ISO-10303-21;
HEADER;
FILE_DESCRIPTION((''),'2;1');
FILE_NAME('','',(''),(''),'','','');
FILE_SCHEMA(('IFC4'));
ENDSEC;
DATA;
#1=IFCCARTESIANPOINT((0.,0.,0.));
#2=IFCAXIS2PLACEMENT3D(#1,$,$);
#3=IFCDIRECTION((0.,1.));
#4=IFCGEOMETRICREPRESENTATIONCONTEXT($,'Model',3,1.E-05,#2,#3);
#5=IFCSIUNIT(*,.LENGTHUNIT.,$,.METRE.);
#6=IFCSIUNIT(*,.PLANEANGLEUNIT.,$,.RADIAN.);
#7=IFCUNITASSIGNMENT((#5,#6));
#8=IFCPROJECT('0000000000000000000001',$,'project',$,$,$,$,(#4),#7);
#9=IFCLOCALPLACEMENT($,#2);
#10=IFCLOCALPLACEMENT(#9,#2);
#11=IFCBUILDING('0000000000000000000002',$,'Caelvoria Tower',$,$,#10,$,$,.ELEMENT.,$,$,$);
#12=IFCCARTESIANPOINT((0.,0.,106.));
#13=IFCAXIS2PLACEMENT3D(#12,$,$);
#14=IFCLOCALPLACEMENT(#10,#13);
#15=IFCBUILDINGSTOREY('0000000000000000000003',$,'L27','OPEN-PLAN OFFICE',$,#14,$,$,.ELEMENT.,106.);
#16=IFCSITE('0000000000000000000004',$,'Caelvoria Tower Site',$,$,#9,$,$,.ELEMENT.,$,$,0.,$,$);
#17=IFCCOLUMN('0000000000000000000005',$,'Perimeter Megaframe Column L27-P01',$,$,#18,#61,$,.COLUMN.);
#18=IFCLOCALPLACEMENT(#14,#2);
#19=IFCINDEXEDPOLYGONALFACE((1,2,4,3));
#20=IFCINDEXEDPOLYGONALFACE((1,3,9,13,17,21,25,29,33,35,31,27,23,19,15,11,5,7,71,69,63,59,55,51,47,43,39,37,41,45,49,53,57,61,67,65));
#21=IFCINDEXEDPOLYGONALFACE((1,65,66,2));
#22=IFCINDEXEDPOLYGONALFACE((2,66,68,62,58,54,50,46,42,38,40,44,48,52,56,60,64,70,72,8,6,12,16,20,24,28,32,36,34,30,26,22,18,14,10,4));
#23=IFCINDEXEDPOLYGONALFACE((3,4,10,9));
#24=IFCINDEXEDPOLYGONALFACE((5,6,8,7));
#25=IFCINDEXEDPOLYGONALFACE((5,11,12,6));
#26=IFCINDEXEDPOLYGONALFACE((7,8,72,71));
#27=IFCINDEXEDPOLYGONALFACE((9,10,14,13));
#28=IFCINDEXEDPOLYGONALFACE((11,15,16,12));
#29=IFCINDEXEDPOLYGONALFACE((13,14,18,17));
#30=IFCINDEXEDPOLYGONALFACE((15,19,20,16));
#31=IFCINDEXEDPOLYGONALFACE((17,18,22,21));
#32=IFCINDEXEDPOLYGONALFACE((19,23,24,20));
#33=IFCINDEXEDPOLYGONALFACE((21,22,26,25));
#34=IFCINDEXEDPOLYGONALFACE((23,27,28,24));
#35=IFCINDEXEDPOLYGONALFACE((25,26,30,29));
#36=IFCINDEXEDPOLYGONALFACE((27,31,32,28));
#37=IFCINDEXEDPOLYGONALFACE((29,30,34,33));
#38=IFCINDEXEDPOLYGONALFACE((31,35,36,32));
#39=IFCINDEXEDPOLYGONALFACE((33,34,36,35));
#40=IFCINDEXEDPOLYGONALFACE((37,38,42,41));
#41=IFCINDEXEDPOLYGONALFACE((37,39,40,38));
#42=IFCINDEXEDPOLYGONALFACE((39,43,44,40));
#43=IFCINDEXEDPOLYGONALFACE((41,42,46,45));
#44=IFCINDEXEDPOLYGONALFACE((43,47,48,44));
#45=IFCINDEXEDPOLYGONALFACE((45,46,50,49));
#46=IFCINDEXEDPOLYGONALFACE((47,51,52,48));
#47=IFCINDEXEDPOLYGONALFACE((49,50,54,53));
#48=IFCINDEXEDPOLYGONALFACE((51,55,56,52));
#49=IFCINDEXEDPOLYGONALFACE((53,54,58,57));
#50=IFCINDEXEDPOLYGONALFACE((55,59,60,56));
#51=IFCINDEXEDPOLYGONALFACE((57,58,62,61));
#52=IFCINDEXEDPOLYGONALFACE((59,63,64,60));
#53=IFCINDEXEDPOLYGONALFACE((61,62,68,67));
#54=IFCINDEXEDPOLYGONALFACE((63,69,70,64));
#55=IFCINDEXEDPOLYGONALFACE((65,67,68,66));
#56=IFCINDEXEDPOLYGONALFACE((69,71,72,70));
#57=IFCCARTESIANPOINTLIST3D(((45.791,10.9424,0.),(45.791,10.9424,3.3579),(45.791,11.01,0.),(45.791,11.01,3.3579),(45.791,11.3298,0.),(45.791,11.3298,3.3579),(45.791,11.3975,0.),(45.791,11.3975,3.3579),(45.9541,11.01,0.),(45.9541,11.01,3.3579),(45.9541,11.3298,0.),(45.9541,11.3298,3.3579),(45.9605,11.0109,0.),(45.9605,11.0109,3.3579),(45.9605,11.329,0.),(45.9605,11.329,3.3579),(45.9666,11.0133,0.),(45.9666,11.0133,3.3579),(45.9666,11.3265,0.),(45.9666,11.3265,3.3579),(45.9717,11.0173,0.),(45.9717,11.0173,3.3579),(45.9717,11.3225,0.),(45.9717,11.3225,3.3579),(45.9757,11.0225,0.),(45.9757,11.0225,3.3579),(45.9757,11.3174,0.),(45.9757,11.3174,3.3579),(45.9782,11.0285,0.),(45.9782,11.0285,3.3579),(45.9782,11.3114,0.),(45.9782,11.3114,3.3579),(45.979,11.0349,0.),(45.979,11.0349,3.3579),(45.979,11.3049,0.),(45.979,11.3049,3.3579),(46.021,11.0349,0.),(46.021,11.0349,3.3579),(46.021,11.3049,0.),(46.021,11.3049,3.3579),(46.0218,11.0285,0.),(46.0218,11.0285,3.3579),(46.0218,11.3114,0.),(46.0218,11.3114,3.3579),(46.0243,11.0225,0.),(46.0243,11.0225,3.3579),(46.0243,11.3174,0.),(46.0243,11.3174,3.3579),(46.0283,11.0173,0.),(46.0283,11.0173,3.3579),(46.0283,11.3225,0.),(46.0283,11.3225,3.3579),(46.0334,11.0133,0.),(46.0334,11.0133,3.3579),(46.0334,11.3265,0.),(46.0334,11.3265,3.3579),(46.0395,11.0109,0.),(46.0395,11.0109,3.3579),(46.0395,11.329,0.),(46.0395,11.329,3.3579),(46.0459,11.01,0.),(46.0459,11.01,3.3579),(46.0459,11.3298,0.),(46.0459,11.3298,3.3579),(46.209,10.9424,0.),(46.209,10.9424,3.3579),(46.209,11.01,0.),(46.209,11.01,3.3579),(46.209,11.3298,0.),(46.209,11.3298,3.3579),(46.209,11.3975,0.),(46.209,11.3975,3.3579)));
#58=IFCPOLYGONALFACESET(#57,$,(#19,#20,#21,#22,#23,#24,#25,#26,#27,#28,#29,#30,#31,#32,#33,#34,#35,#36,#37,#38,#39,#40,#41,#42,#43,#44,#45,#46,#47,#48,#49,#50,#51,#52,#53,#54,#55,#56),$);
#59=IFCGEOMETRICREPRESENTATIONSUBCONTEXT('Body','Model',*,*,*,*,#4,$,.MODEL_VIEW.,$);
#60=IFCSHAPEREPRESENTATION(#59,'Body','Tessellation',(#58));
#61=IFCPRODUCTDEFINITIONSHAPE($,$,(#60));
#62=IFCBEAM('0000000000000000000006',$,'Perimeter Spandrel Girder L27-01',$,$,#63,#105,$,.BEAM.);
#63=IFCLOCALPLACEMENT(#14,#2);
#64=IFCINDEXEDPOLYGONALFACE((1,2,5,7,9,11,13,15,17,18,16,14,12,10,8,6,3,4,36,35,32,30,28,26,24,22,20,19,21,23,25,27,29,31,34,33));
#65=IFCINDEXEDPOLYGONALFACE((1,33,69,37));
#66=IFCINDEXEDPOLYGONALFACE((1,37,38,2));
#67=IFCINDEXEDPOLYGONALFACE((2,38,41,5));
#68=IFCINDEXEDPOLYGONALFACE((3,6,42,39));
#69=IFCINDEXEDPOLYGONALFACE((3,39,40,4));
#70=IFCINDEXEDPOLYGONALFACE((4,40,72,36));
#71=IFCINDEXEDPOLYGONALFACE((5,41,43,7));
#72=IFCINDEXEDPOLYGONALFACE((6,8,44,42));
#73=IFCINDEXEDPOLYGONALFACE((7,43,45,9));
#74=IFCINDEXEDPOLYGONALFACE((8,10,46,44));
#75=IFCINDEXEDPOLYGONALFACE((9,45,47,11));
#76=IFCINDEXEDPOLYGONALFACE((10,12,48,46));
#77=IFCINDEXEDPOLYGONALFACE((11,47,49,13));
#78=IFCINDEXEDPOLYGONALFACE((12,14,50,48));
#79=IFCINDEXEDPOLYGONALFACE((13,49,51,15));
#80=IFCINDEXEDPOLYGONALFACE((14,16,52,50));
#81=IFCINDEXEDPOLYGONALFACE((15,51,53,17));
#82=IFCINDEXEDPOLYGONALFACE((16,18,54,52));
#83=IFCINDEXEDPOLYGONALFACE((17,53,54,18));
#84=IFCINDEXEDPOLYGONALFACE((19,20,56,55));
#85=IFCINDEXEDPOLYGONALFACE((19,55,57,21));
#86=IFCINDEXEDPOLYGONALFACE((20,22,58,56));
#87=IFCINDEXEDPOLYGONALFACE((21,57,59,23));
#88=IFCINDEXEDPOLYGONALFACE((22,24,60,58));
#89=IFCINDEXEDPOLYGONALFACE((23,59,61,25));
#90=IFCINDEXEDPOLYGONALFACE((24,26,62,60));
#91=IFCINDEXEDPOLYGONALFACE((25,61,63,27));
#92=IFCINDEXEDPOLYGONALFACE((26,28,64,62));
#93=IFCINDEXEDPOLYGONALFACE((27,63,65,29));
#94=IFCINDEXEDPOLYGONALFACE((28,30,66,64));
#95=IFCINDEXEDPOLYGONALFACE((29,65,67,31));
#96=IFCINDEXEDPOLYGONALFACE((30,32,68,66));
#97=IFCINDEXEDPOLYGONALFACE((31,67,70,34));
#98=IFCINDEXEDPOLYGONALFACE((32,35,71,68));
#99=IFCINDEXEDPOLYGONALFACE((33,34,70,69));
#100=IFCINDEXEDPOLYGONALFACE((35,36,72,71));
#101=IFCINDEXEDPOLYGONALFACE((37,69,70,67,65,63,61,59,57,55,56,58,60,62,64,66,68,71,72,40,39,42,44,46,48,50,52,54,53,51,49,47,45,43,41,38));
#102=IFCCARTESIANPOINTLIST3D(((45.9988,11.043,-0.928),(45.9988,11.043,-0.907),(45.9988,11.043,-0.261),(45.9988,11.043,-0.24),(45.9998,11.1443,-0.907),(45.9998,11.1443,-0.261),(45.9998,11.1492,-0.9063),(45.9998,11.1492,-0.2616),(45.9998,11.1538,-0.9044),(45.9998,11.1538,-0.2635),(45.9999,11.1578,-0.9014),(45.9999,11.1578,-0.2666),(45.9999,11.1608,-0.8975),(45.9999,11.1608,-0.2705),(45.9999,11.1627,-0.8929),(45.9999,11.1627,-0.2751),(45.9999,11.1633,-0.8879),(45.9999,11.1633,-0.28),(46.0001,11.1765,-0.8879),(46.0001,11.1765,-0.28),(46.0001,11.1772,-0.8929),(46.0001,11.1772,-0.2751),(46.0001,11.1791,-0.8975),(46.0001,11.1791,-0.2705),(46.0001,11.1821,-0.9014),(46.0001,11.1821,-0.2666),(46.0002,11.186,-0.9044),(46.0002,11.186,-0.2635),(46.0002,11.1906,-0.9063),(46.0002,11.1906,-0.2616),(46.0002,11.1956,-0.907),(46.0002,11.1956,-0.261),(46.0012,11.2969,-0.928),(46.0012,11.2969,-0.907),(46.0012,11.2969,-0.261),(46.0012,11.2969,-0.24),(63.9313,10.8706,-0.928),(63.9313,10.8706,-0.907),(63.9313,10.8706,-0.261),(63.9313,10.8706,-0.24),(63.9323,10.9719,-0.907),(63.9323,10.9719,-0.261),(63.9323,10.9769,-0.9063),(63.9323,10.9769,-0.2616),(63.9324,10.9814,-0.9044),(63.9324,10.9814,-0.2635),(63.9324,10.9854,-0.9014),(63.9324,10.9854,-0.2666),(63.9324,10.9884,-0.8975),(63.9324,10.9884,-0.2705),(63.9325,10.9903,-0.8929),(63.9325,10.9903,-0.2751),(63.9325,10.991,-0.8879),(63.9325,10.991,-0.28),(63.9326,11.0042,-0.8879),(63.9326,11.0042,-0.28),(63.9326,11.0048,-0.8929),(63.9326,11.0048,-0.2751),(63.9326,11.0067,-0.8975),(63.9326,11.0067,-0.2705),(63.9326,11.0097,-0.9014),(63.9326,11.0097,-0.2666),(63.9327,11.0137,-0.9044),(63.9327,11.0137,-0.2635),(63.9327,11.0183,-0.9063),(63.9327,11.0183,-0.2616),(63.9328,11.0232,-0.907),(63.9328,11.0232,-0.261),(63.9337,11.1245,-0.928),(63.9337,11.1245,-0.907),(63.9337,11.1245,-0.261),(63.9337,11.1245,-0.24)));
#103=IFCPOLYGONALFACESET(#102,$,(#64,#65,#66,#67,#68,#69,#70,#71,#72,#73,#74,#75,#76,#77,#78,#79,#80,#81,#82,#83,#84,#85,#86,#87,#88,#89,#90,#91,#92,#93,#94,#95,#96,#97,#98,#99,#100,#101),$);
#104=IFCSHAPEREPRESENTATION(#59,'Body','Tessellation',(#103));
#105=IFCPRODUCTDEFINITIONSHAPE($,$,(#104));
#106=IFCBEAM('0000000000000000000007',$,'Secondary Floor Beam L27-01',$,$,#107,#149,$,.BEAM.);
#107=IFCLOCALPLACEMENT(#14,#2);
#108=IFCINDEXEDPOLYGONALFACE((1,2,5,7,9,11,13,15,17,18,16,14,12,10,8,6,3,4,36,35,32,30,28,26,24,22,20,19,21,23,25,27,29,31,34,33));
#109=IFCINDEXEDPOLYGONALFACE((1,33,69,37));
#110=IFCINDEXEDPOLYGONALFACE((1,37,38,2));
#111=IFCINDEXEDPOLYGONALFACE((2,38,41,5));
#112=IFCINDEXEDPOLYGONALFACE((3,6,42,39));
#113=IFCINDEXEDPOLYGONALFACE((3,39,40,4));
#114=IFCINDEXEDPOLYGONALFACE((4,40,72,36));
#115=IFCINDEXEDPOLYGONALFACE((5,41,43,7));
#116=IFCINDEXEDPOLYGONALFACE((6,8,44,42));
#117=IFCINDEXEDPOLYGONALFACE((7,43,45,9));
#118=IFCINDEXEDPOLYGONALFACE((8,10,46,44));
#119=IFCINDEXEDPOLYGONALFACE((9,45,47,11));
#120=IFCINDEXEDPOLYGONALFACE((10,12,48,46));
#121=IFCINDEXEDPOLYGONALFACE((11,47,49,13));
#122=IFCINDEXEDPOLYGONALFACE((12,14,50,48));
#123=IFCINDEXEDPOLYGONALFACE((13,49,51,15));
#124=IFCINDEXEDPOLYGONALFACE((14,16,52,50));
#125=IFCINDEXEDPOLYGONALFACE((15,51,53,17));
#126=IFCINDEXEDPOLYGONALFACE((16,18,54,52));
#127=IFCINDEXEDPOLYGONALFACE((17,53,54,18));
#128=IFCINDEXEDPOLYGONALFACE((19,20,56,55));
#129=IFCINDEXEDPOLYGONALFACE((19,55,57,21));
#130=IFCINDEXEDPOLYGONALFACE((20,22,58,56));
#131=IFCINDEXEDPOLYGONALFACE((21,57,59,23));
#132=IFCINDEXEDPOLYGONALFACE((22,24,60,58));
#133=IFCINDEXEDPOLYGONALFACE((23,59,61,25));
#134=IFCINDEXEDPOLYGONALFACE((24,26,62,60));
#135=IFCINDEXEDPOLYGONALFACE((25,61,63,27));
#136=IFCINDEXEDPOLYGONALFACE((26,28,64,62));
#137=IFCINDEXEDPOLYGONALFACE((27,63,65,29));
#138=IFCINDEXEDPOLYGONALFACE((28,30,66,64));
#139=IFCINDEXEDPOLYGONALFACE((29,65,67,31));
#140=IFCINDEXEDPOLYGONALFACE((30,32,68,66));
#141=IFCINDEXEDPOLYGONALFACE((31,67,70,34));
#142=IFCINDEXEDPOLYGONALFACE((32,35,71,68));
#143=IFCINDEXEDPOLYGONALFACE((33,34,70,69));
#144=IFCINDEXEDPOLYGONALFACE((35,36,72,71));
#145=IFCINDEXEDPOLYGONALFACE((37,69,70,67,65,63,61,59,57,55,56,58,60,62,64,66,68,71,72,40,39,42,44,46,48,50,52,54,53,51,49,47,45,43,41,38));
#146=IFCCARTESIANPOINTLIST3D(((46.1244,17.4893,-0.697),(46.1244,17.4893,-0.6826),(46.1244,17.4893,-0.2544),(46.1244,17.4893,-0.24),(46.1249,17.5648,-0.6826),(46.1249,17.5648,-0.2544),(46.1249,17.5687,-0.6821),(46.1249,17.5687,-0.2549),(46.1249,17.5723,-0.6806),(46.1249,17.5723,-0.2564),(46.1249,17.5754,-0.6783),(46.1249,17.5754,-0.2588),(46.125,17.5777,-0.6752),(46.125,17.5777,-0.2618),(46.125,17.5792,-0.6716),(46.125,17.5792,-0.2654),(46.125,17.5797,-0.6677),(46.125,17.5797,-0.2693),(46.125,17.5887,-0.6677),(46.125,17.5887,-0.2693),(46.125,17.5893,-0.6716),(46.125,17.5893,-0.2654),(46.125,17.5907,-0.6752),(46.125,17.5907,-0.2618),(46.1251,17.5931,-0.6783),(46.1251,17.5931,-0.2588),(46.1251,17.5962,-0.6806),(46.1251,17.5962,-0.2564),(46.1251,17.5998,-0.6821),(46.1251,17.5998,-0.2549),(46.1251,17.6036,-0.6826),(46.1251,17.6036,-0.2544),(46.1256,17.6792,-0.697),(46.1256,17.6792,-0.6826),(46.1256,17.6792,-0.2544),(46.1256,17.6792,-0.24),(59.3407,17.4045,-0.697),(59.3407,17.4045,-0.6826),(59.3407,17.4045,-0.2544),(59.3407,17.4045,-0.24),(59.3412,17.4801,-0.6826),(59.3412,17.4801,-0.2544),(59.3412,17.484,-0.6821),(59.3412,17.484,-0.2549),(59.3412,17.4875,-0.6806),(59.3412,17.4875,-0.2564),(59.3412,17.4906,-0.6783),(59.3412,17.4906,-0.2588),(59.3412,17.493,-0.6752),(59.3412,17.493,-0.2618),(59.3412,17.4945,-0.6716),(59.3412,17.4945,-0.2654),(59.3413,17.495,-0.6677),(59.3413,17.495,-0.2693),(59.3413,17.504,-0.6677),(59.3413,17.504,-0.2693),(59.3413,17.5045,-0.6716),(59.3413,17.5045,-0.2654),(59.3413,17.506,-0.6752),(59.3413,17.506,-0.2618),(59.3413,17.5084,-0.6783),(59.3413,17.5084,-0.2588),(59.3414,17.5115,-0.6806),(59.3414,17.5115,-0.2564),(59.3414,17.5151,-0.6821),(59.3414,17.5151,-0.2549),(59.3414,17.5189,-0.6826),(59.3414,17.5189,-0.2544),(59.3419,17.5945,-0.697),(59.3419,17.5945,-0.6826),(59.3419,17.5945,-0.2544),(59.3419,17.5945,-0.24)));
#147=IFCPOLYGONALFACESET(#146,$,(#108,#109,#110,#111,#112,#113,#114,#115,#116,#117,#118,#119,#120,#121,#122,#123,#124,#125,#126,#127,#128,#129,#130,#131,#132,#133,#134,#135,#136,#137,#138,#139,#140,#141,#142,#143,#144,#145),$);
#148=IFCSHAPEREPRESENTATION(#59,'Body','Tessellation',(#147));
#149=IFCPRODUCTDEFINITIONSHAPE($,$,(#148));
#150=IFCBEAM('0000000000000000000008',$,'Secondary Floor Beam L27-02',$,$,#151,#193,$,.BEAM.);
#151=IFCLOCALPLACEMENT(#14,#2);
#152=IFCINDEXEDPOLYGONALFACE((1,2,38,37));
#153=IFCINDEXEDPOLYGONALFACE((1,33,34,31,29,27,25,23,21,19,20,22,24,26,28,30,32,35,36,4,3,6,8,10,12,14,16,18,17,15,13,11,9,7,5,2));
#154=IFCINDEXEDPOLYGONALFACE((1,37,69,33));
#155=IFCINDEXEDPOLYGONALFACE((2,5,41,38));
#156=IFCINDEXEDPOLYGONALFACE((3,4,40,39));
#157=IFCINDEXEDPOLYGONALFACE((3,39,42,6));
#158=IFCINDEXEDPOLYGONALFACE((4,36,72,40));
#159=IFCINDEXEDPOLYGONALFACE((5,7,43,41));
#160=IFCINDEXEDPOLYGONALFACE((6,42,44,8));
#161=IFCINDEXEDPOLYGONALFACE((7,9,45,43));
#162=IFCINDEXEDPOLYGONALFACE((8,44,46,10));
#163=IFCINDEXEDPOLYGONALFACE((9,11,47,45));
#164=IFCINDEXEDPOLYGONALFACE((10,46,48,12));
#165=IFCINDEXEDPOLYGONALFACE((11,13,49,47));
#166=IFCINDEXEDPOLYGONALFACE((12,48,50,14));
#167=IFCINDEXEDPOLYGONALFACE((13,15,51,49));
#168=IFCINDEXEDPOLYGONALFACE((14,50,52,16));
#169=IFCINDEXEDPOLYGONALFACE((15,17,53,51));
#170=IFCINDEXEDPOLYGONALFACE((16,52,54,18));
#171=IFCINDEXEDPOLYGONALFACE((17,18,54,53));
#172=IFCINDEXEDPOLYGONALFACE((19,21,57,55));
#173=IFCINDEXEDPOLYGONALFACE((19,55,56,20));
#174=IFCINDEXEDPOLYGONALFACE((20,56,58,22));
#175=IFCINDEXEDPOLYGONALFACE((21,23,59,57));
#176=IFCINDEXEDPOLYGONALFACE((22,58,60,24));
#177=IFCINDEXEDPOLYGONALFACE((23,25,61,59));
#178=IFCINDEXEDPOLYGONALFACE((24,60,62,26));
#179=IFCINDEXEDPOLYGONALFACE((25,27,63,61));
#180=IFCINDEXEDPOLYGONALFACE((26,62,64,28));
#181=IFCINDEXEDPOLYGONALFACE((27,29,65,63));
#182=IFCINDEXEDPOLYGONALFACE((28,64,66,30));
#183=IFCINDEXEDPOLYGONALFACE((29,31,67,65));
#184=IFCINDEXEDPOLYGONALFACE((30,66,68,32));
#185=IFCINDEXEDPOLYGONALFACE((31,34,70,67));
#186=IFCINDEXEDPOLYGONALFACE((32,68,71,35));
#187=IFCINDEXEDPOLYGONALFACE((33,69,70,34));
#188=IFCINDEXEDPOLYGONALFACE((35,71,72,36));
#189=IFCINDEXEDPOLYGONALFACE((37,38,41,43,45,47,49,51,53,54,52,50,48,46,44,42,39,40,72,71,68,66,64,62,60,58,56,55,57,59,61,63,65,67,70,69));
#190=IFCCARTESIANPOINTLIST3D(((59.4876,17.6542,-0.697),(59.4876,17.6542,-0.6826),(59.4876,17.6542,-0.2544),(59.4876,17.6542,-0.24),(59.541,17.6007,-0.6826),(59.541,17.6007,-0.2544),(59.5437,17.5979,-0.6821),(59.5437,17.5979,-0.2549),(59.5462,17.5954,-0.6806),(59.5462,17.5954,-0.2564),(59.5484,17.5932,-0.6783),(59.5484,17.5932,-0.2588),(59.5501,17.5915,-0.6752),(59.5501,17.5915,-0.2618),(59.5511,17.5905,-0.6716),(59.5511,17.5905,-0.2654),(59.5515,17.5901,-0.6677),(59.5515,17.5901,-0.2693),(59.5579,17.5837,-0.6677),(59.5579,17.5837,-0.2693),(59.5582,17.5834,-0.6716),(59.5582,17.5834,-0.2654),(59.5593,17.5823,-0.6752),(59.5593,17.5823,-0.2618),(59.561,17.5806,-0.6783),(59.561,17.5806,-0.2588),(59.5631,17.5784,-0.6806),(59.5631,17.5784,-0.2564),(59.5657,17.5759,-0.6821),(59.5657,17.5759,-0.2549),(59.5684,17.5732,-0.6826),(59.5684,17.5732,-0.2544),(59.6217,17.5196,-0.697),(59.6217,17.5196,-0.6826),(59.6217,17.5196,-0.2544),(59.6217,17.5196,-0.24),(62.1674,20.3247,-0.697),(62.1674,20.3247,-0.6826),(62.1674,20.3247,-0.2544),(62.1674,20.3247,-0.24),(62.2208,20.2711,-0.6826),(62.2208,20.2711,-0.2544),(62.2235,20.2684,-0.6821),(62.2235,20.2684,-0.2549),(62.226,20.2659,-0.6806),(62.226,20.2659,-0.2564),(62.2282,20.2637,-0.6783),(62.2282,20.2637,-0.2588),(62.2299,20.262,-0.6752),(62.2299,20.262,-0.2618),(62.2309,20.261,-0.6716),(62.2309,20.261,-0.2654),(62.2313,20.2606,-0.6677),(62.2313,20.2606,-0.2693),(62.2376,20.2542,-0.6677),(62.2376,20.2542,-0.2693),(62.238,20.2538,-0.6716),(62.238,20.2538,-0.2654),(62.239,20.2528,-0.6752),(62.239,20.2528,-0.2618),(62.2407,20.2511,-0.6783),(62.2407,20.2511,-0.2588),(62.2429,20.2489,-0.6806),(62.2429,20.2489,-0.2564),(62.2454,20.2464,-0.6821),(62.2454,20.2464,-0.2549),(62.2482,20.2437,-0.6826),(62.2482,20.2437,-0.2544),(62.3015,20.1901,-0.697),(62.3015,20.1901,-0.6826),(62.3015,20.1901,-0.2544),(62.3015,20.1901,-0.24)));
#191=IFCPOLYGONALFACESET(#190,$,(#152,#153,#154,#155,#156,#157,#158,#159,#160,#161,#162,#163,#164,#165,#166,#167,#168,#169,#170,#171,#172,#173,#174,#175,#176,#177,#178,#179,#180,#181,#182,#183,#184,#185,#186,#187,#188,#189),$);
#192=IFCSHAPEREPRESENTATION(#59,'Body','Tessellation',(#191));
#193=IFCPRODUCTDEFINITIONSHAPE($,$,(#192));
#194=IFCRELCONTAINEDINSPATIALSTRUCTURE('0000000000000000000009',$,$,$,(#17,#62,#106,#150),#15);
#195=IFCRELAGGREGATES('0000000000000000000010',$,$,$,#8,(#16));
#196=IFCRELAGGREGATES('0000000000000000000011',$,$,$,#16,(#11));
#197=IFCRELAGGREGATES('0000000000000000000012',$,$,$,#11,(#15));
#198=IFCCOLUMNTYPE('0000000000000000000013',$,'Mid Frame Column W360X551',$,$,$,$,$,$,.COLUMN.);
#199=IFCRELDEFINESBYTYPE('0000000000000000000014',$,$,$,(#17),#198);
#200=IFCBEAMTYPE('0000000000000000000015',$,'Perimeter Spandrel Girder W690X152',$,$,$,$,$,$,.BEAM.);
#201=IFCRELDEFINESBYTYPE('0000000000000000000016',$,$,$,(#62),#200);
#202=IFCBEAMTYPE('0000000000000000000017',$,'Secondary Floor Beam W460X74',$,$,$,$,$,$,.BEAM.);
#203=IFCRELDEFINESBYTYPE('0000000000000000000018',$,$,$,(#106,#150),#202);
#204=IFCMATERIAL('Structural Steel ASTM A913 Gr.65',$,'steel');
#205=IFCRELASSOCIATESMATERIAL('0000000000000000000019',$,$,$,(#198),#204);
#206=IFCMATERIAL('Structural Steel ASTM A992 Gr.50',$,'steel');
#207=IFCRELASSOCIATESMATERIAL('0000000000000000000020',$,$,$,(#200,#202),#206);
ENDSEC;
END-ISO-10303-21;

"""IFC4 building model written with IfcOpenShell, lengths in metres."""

from ifc_helpers import new_model, si_unit, direction, frame, origin, origin_2d, place, context, subcontext, project, spatial, i_section, extrude, material, material_profile, profile_set, type_object, element, save


model = new_model("IFC4")

# Units and contexts
model_context = context("Model", 3, precision=1e-05, world=origin(), true_north=direction((0.0, 1.0)))
body_context = subcontext(model_context, "Body", "Model", "MODEL_VIEW")
ifc_project = project(units=[si_unit("LENGTHUNIT", "METRE"), si_unit("PLANEANGLEUNIT", "RADIAN")], contexts=[model_context])

# Site, building, storey
site_placement = place(None, origin())
site = spatial("IfcSite", under=ifc_project, at=site_placement, Name="Caelvoria Tower Site", CompositionType="ELEMENT", RefElevation=0.0)
building_placement = place(site_placement, origin())
building = spatial("IfcBuilding", under=site, at=building_placement, Name="Caelvoria Tower", CompositionType="ELEMENT")
storey_placement = place(building_placement, frame((0.0, 0.0, 106.0)))
storey = spatial("IfcBuildingStorey", under=building, at=storey_placement, Name="L27", Description="OPEN-PLAN OFFICE", CompositionType="ELEMENT", Elevation=106.0)

# Column
ifc_material_1 = material(Name="Structural Steel ASTM A913 Gr.65", Category="steel")
ifc_material_profile_1 = material_profile(ifc_material_1, i_section(OverallWidth=0.418, OverallDepth=0.4551, WebThickness=0.042, FlangeThickness=0.0676, FilletRadius=0.0249, at=origin_2d()), Name="Structural Steel ASTM A913 Gr.65")
ifc_profile_set_1 = profile_set([ifc_material_profile_1], Name="W360X551 - Structural Steel ASTM A913 Gr.65")
column_type = type_object("IfcColumnType", Name="Mid Frame Column W360X551", PredefinedType="COLUMN", material=ifc_profile_set_1)
column_placement = place(storey_placement, frame((46.0, 11.1699, 0.0), z_axis=(0.0, 0.0, 1.0), x_axis=(1.0, 0.0, 0.0)))
element("IfcColumn", 1, at=column_placement, inside=storey, type_object=column_type, Name="Perimeter Megaframe Column L27-P01", PredefinedType="COLUMN", context=body_context, shape_type="SweptSolid", body=[
    extrude(i_section(OverallWidth=0.418, OverallDepth=0.4551, WebThickness=0.042, FlangeThickness=0.0676, FilletRadius=0.0249, at=origin_2d()), origin(), (0.0, 0.0, 1.0), 3.3579),
])

# Beams
ifc_material_2 = material(Name="Structural Steel ASTM A992 Gr.50", Category="steel")
ifc_material_profile_2 = material_profile(ifc_material_2, i_section(OverallWidth=0.2539, OverallDepth=0.688, WebThickness=0.0132, FlangeThickness=0.021, FilletRadius=0.019, at=origin_2d()), Name="Structural Steel ASTM A992 Gr.50")
ifc_profile_set_2 = profile_set([ifc_material_profile_2], Name="W690X152 - Structural Steel ASTM A992 Gr.50")
beam_type_1 = type_object("IfcBeamType", Name="Perimeter Spandrel Girder W690X152", PredefinedType="BEAM", material=ifc_profile_set_2)
beam_1_placement = place(storey_placement, frame((46.0, 11.1699, -0.584), z_axis=(0.999954, -0.009611, 0.0), x_axis=(0.009611, 0.999954, 0.0)))
element("IfcBeam", 2, at=beam_1_placement, inside=storey, type_object=beam_type_1, Name="Perimeter Spandrel Girder L27-01", PredefinedType="BEAM", context=body_context, shape_type="SweptSolid", body=[
    extrude(i_section(OverallWidth=0.2539, OverallDepth=0.688, WebThickness=0.0132, FlangeThickness=0.021, FilletRadius=0.019, at=origin_2d()), origin(), (0.0, 0.0, 1.0), 17.9333),
])
ifc_material_profile_3 = material_profile(ifc_material_2, i_section(OverallWidth=0.1899, OverallDepth=0.457, WebThickness=0.009, FlangeThickness=0.0144, FilletRadius=0.0149, at=origin_2d()), Name="Structural Steel ASTM A992 Gr.50")
ifc_profile_set_3 = profile_set([ifc_material_profile_3], Name="W460X74 - Structural Steel ASTM A992 Gr.50")
beam_type_2 = type_object("IfcBeamType", Name="Secondary Floor Beam W460X74", PredefinedType="BEAM", material=ifc_profile_set_3)
beam_2_placement = place(storey_placement, frame((46.125, 17.5842, -0.4685), z_axis=(0.999979, -0.00641, 0.0), x_axis=(0.00641, 0.999979, 0.0)))
element("IfcBeam", 3, at=beam_2_placement, inside=storey, type_object=beam_type_2, Name="Secondary Floor Beam L27-01", PredefinedType="BEAM", context=body_context, shape_type="SweptSolid", body=[
    extrude(i_section(OverallWidth=0.1899, OverallDepth=0.457, WebThickness=0.009, FlangeThickness=0.0144, FilletRadius=0.0149, at=origin_2d()), origin(), (0.0, 0.0, 1.0), 13.2166),
])
beam_3_placement = place(storey_placement, frame((59.5547, 17.5869, -0.4685), z_axis=(0.708332, 0.70588, 0.0), x_axis=(-0.70588, 0.708332, 0.0)))
element("IfcBeam", 4, at=beam_3_placement, inside=storey, type_object=beam_type_2, Name="Secondary Floor Beam L27-02", PredefinedType="BEAM", context=body_context, shape_type="SweptSolid", body=[
    extrude(i_section(OverallWidth=0.1899, OverallDepth=0.457, WebThickness=0.009, FlangeThickness=0.0144, FilletRadius=0.0149, at=origin_2d()), origin(), (0.0, 0.0, 1.0), 3.7832),
])

save(model, "model.ifc")
